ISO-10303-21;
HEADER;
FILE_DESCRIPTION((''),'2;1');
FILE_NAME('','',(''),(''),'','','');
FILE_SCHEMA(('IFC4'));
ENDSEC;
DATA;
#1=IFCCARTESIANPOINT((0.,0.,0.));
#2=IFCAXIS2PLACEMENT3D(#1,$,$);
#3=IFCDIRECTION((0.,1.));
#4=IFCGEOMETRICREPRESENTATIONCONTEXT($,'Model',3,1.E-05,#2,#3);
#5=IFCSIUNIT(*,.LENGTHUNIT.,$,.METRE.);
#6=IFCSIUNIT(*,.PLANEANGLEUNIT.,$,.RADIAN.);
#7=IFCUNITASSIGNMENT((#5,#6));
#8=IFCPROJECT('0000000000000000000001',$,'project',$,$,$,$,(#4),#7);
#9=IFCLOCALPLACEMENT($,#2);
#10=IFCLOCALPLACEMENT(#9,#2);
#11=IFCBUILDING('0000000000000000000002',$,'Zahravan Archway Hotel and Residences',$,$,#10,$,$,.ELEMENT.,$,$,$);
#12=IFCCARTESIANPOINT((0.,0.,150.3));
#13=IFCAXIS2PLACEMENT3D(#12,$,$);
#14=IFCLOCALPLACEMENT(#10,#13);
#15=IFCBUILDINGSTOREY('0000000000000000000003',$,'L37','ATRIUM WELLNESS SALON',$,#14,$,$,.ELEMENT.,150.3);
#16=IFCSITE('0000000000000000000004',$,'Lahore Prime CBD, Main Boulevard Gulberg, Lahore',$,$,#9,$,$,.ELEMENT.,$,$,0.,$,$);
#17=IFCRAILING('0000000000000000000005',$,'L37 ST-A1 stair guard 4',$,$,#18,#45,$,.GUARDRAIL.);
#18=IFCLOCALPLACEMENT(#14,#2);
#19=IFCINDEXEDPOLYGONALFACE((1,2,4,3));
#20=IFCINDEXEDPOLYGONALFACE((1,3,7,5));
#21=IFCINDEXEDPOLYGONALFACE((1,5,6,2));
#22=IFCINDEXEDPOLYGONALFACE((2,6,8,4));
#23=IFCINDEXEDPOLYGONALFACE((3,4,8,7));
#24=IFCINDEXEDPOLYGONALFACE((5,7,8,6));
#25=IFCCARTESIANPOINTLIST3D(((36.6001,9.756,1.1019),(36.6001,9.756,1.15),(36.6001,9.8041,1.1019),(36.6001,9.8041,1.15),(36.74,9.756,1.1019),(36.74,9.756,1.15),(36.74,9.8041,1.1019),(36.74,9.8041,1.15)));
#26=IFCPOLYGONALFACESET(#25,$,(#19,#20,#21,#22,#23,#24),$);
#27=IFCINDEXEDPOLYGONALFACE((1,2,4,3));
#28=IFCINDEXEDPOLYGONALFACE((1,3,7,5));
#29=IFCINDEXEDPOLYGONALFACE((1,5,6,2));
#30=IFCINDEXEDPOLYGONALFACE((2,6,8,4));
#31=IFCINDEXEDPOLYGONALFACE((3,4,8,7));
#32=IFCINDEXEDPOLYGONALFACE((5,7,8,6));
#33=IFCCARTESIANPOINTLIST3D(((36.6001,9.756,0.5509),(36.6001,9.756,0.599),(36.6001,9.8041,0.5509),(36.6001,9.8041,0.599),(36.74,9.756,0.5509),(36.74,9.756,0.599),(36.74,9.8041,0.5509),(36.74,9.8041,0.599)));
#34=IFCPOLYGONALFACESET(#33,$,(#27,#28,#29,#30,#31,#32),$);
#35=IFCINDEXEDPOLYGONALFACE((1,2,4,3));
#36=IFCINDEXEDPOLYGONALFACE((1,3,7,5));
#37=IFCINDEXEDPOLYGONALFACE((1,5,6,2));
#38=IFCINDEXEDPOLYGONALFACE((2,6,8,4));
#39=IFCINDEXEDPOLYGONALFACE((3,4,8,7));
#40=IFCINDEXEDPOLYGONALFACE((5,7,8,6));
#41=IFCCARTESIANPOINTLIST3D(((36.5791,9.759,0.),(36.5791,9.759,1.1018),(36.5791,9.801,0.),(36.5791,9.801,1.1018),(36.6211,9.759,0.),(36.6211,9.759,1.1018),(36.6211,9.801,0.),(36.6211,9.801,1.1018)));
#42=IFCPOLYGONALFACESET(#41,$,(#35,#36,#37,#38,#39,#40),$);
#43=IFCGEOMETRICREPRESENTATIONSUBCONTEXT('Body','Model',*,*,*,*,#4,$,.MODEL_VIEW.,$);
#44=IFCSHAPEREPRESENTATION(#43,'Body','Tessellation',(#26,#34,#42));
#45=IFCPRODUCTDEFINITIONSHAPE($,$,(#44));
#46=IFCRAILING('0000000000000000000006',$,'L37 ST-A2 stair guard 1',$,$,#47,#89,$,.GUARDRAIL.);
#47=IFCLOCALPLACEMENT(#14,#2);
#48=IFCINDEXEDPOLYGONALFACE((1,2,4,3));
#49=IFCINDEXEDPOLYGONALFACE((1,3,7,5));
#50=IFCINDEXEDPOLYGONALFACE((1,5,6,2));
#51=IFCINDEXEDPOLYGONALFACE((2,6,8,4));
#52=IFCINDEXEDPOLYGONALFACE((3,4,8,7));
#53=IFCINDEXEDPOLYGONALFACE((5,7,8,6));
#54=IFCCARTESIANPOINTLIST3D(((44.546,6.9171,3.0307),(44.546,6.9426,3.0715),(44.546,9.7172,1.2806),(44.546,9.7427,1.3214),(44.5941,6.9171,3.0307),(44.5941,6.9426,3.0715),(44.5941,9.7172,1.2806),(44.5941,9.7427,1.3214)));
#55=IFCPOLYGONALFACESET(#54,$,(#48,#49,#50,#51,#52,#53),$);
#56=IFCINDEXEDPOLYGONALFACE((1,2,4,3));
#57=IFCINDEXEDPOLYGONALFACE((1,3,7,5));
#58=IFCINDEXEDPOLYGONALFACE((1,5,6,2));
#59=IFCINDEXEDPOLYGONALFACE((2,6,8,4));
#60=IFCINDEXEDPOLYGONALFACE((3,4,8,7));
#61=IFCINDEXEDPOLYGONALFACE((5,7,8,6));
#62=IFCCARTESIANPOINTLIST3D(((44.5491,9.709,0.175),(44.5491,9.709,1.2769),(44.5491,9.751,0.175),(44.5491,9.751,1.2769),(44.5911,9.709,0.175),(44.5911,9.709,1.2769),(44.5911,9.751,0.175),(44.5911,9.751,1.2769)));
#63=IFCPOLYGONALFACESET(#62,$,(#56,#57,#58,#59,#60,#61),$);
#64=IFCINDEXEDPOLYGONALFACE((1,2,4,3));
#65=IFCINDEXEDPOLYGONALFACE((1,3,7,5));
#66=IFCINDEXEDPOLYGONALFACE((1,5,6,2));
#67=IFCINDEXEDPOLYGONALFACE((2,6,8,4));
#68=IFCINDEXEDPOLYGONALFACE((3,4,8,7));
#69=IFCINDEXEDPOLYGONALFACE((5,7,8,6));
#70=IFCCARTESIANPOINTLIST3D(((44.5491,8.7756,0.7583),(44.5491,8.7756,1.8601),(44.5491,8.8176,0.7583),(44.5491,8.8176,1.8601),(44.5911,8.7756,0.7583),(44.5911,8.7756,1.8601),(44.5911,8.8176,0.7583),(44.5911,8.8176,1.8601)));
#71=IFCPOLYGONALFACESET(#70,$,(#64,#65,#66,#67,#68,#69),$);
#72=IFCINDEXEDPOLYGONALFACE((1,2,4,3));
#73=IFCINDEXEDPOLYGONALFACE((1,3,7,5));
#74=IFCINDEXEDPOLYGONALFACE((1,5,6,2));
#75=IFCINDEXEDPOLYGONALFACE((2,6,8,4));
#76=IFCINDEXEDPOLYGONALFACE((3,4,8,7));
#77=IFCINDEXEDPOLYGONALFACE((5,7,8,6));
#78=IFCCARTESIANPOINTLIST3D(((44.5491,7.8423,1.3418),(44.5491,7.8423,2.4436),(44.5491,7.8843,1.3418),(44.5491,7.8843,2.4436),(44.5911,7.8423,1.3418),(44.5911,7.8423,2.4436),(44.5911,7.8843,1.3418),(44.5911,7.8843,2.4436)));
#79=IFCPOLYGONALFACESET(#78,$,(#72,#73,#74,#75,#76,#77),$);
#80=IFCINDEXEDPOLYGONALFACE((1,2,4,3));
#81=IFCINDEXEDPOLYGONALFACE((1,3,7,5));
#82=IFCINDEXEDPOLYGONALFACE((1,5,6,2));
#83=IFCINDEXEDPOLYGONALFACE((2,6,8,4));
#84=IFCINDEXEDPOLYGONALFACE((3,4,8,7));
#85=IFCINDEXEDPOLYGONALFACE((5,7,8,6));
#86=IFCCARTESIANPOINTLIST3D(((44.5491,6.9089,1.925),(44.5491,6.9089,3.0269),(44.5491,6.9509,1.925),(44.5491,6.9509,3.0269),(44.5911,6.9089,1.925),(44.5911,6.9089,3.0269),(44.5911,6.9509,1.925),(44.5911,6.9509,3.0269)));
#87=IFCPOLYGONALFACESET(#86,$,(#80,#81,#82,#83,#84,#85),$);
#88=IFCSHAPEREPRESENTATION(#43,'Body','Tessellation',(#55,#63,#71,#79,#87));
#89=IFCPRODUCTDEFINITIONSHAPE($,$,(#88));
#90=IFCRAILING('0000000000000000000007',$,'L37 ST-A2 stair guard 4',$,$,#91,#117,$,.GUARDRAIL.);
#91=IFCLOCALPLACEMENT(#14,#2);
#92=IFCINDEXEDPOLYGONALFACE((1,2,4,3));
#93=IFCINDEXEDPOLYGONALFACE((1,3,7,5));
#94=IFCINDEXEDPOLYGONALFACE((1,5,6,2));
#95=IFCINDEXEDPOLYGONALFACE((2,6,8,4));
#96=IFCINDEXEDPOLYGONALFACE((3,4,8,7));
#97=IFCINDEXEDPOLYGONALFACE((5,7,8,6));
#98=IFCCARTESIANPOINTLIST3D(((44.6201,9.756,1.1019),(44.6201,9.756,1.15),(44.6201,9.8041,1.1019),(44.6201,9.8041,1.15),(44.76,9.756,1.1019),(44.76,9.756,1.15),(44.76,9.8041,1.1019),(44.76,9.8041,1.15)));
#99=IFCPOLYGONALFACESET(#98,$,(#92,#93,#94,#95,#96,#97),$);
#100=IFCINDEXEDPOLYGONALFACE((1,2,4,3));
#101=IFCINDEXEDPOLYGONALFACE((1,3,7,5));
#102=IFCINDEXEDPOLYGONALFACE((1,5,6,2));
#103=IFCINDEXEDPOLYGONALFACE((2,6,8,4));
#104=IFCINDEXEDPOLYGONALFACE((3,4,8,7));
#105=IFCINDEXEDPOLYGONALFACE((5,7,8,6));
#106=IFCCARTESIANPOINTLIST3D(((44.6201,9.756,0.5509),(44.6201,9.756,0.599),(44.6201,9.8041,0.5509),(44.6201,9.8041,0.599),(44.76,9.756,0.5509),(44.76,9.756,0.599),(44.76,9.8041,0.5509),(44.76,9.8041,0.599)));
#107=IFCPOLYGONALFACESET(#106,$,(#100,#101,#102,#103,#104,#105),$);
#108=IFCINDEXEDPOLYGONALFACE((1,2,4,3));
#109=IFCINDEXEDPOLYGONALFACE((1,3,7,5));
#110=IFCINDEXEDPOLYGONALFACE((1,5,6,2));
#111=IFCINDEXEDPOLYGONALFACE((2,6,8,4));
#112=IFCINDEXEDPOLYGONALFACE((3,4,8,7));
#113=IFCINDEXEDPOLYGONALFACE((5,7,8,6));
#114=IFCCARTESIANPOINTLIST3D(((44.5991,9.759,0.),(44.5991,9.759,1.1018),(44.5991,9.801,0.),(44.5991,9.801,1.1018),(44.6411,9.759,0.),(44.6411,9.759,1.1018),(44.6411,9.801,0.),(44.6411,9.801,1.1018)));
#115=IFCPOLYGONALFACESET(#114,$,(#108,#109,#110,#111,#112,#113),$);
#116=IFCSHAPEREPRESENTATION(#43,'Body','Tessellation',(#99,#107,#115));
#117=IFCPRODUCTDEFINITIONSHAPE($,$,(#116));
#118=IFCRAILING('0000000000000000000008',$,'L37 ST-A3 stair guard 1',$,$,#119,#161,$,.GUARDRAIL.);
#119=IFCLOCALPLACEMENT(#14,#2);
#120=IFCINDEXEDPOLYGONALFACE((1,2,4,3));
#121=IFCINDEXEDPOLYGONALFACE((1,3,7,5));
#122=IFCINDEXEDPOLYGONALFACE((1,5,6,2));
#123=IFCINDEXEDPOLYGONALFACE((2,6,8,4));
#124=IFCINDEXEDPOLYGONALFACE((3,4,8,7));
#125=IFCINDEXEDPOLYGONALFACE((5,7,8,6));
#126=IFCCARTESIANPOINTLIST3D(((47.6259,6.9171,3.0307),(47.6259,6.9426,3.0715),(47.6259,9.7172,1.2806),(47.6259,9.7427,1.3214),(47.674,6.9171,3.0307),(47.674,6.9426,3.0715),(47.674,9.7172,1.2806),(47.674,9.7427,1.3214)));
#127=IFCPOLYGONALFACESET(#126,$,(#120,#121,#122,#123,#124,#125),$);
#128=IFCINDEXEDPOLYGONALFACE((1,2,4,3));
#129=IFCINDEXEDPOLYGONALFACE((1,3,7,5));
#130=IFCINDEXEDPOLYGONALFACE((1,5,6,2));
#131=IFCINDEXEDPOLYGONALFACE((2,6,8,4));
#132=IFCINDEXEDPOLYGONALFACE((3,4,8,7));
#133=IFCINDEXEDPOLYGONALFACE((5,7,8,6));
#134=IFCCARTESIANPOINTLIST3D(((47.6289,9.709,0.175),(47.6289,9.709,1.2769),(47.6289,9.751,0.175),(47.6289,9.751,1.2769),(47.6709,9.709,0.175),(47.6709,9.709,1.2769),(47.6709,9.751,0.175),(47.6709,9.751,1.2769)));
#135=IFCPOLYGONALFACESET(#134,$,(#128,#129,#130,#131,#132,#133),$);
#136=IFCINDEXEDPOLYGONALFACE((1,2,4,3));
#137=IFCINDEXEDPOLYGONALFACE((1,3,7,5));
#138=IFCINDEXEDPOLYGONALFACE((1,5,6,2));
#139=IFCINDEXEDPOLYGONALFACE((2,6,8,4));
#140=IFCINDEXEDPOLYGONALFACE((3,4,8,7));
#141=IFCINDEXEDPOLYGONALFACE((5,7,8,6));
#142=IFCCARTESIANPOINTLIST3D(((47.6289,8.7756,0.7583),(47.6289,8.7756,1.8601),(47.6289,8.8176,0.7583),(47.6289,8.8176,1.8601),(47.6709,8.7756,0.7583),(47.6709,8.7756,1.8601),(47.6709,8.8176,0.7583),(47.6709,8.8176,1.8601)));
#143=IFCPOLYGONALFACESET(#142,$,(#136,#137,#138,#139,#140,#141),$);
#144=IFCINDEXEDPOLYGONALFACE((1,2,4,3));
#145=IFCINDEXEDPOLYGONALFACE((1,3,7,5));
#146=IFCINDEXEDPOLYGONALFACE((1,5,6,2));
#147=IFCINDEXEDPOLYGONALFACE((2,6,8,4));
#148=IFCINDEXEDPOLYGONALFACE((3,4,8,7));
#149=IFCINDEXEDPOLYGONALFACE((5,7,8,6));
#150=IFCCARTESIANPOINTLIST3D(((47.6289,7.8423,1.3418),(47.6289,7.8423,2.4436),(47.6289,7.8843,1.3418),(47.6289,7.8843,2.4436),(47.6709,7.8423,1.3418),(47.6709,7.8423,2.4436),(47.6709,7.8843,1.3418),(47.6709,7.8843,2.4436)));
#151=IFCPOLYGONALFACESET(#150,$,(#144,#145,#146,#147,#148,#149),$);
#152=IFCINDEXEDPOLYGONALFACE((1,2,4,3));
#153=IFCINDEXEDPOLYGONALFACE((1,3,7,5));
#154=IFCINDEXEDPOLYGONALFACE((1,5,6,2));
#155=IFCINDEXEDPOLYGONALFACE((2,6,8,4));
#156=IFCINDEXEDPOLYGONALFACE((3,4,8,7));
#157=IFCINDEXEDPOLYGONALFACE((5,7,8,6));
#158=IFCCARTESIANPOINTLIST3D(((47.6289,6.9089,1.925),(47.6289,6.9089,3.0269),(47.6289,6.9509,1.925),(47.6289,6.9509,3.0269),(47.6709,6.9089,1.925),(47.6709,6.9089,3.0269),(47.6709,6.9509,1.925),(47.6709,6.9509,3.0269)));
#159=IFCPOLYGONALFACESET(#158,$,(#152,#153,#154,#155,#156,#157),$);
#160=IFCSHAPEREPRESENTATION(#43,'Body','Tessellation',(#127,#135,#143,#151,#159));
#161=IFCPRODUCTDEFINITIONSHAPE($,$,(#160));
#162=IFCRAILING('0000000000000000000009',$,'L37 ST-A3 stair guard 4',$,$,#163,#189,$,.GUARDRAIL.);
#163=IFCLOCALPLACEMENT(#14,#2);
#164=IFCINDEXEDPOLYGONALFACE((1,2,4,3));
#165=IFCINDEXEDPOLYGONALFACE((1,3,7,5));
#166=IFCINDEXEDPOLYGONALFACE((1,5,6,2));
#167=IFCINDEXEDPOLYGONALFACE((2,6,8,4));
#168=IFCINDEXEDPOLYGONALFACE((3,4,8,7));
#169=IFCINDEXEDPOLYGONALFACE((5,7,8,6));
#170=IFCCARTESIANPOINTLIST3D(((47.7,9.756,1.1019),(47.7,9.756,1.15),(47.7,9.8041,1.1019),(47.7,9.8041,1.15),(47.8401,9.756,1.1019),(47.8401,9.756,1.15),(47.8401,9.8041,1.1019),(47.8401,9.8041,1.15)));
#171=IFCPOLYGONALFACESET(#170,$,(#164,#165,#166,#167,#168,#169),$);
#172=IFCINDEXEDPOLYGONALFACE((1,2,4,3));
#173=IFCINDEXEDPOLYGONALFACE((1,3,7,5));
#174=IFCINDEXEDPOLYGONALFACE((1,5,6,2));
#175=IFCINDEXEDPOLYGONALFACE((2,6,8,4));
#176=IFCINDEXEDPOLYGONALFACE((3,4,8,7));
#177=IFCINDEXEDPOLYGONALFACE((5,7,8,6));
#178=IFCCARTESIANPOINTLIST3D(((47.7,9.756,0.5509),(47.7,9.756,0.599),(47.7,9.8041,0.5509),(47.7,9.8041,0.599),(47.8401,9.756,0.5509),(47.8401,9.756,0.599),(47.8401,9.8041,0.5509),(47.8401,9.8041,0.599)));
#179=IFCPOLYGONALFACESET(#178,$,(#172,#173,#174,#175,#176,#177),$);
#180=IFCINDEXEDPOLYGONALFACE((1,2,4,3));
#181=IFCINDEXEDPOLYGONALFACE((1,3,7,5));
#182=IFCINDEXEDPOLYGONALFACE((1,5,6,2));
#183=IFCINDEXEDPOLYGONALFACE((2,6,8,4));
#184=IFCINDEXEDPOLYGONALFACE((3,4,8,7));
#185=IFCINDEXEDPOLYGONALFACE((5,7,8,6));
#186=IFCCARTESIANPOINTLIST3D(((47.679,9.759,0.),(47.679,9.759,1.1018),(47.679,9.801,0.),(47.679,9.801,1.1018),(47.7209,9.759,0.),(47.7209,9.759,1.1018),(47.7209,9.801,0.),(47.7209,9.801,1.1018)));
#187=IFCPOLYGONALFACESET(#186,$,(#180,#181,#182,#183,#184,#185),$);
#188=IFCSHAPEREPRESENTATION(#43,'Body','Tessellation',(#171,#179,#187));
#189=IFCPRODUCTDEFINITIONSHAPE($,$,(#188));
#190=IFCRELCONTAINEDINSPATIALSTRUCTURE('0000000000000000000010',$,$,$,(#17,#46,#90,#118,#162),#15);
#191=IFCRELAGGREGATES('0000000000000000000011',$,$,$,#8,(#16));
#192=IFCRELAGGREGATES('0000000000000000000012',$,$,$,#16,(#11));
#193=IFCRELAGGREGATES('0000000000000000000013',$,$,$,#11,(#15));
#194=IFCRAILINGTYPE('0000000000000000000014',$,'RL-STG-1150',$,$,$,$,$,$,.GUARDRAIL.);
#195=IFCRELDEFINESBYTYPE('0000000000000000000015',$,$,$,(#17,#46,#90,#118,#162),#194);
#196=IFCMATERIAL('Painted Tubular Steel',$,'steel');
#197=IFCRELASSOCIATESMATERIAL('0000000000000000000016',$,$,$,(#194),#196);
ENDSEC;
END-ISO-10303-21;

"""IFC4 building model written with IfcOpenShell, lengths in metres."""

from ifc_helpers import new_model, si_unit, direction, frame, origin, origin_2d, place, context, subcontext, project, spatial, rectangle, extrude, material, type_object, element, save


model = new_model("IFC4")

# Units and contexts
model_context = context("Model", 3, precision=1e-05, world=origin(), true_north=direction((0.0, 1.0)))
body_context = subcontext(model_context, "Body", "Model", "MODEL_VIEW")
ifc_project = project(units=[si_unit("LENGTHUNIT", "METRE"), si_unit("PLANEANGLEUNIT", "RADIAN")], contexts=[model_context])

# Site, building, storey
site_placement = place(None, origin())
site = spatial("IfcSite", under=ifc_project, at=site_placement, Name="Lahore Prime CBD, Main Boulevard Gulberg, Lahore", CompositionType="ELEMENT", RefElevation=0.0)
building_placement = place(site_placement, origin())
building = spatial("IfcBuilding", under=site, at=building_placement, Name="Zahravan Archway Hotel and Residences", CompositionType="ELEMENT")
storey_placement = place(building_placement, frame((0.0, 0.0, 150.3)))
storey = spatial("IfcBuildingStorey", under=building, at=storey_placement, Name="L37", Description="ATRIUM WELLNESS SALON", CompositionType="ELEMENT", Elevation=150.3)

# Railings
ifc_material_1 = material(Name="Painted Tubular Steel", Category="steel")
railing_type_1 = type_object("IfcRailingType", Name="RL-STG-1150", PredefinedType="GUARDRAIL", material=ifc_material_1)
railing_1_placement = place(storey_placement, frame((36.6001, 9.78, 0.0)))
element("IfcRailing", 1, at=railing_1_placement, inside=storey, type_object=railing_type_1, Name="L37 ST-A1 stair guard 4", PredefinedType="GUARDRAIL", context=body_context, shape_type="SweptSolid", body=[
    extrude(rectangle(XDim=0.0481, YDim=0.0481, at=origin_2d()), frame((0.0, 0.0, 1.126), z_axis=(1.0, 0.0, 0.0), x_axis=(0.0, 1.0, 0.0)), (0.0, 0.0, 1.0), 0.1399),
    extrude(rectangle(XDim=0.0481, YDim=0.0481, at=origin_2d()), frame((0.0, 0.0, 0.575), z_axis=(1.0, 0.0, 0.0), x_axis=(0.0, 1.0, 0.0)), (0.0, 0.0, 1.0), 0.1399),
    extrude(rectangle(XDim=0.042, YDim=0.042, at=origin_2d()), origin(), (0.0, 0.0, 1.0), 1.1018),
])
railing_2_placement = place(storey_placement, frame((44.5701, 9.73, 0.175)))
element("IfcRailing", 2, at=railing_2_placement, inside=storey, type_object=railing_type_1, Name="L37 ST-A2 stair guard 1", PredefinedType="GUARDRAIL", context=body_context, shape_type="SweptSolid", body=[
    extrude(rectangle(XDim=0.0481, YDim=0.0481, at=origin_2d()), frame((0.0, 0.0, 1.126), z_axis=(0.0, -0.848002, 0.529992), x_axis=(1.0, 0.0, 0.0)), (0.0, 0.0, 1.0), 3.302),
    extrude(rectangle(XDim=0.042, YDim=0.042, at=origin_2d()), origin(), (0.0, 0.0, 1.0), 1.1018),
    extrude(rectangle(XDim=0.042, YDim=0.042, at=origin_2d()), frame((0.0, -0.9333, 0.5833)), (0.0, 0.0, 1.0), 1.1018),
    extrude(rectangle(XDim=0.042, YDim=0.042, at=origin_2d()), frame((0.0, -1.8667, 1.1667)), (0.0, 0.0, 1.0), 1.1018),
    extrude(rectangle(XDim=0.042, YDim=0.042, at=origin_2d()), frame((0.0, -2.8, 1.75)), (0.0, 0.0, 1.0), 1.1018),
])
railing_3_placement = place(storey_placement, frame((44.6201, 9.78, 0.0)))
element("IfcRailing", 3, at=railing_3_placement, inside=storey, type_object=railing_type_1, Name="L37 ST-A2 stair guard 4", PredefinedType="GUARDRAIL", context=body_context, shape_type="SweptSolid", body=[
    extrude(rectangle(XDim=0.0481, YDim=0.0481, at=origin_2d()), frame((0.0, 0.0, 1.126), z_axis=(1.0, 0.0, 0.0), x_axis=(0.0, 1.0, 0.0)), (0.0, 0.0, 1.0), 0.1399),
    extrude(rectangle(XDim=0.0481, YDim=0.0481, at=origin_2d()), frame((0.0, 0.0, 0.575), z_axis=(1.0, 0.0, 0.0), x_axis=(0.0, 1.0, 0.0)), (0.0, 0.0, 1.0), 0.1399),
    extrude(rectangle(XDim=0.042, YDim=0.042, at=origin_2d()), origin(), (0.0, 0.0, 1.0), 1.1018),
])
railing_4_placement = place(storey_placement, frame((47.6499, 9.73, 0.175)))
element("IfcRailing", 4, at=railing_4_placement, inside=storey, type_object=railing_type_1, Name="L37 ST-A3 stair guard 1", PredefinedType="GUARDRAIL", context=body_context, shape_type="SweptSolid", body=[
    extrude(rectangle(XDim=0.0481, YDim=0.0481, at=origin_2d()), frame((0.0, 0.0, 1.126), z_axis=(0.0, -0.848002, 0.529992), x_axis=(1.0, 0.0, 0.0)), (0.0, 0.0, 1.0), 3.302),
    extrude(rectangle(XDim=0.042, YDim=0.042, at=origin_2d()), origin(), (0.0, 0.0, 1.0), 1.1018),
    extrude(rectangle(XDim=0.042, YDim=0.042, at=origin_2d()), frame((0.0, -0.9333, 0.5833)), (0.0, 0.0, 1.0), 1.1018),
    extrude(rectangle(XDim=0.042, YDim=0.042, at=origin_2d()), frame((0.0, -1.8667, 1.1667)), (0.0, 0.0, 1.0), 1.1018),
    extrude(rectangle(XDim=0.042, YDim=0.042, at=origin_2d()), frame((0.0, -2.8, 1.75)), (0.0, 0.0, 1.0), 1.1018),
])
railing_5_placement = place(storey_placement, frame((47.7, 9.78, 0.0)))
element("IfcRailing", 5, at=railing_5_placement, inside=storey, type_object=railing_type_1, Name="L37 ST-A3 stair guard 4", PredefinedType="GUARDRAIL", context=body_context, shape_type="SweptSolid", body=[
    extrude(rectangle(XDim=0.0481, YDim=0.0481, at=origin_2d()), frame((0.0, 0.0, 1.126), z_axis=(1.0, 0.0, 0.0), x_axis=(0.0, 1.0, 0.0)), (0.0, 0.0, 1.0), 0.1401),
    extrude(rectangle(XDim=0.0481, YDim=0.0481, at=origin_2d()), frame((0.0, 0.0, 0.575), z_axis=(1.0, 0.0, 0.0), x_axis=(0.0, 1.0, 0.0)), (0.0, 0.0, 1.0), 0.1401),
    extrude(rectangle(XDim=0.042, YDim=0.042, at=origin_2d()), origin(), (0.0, 0.0, 1.0), 1.1018),
])

save(model, "model.ifc")
